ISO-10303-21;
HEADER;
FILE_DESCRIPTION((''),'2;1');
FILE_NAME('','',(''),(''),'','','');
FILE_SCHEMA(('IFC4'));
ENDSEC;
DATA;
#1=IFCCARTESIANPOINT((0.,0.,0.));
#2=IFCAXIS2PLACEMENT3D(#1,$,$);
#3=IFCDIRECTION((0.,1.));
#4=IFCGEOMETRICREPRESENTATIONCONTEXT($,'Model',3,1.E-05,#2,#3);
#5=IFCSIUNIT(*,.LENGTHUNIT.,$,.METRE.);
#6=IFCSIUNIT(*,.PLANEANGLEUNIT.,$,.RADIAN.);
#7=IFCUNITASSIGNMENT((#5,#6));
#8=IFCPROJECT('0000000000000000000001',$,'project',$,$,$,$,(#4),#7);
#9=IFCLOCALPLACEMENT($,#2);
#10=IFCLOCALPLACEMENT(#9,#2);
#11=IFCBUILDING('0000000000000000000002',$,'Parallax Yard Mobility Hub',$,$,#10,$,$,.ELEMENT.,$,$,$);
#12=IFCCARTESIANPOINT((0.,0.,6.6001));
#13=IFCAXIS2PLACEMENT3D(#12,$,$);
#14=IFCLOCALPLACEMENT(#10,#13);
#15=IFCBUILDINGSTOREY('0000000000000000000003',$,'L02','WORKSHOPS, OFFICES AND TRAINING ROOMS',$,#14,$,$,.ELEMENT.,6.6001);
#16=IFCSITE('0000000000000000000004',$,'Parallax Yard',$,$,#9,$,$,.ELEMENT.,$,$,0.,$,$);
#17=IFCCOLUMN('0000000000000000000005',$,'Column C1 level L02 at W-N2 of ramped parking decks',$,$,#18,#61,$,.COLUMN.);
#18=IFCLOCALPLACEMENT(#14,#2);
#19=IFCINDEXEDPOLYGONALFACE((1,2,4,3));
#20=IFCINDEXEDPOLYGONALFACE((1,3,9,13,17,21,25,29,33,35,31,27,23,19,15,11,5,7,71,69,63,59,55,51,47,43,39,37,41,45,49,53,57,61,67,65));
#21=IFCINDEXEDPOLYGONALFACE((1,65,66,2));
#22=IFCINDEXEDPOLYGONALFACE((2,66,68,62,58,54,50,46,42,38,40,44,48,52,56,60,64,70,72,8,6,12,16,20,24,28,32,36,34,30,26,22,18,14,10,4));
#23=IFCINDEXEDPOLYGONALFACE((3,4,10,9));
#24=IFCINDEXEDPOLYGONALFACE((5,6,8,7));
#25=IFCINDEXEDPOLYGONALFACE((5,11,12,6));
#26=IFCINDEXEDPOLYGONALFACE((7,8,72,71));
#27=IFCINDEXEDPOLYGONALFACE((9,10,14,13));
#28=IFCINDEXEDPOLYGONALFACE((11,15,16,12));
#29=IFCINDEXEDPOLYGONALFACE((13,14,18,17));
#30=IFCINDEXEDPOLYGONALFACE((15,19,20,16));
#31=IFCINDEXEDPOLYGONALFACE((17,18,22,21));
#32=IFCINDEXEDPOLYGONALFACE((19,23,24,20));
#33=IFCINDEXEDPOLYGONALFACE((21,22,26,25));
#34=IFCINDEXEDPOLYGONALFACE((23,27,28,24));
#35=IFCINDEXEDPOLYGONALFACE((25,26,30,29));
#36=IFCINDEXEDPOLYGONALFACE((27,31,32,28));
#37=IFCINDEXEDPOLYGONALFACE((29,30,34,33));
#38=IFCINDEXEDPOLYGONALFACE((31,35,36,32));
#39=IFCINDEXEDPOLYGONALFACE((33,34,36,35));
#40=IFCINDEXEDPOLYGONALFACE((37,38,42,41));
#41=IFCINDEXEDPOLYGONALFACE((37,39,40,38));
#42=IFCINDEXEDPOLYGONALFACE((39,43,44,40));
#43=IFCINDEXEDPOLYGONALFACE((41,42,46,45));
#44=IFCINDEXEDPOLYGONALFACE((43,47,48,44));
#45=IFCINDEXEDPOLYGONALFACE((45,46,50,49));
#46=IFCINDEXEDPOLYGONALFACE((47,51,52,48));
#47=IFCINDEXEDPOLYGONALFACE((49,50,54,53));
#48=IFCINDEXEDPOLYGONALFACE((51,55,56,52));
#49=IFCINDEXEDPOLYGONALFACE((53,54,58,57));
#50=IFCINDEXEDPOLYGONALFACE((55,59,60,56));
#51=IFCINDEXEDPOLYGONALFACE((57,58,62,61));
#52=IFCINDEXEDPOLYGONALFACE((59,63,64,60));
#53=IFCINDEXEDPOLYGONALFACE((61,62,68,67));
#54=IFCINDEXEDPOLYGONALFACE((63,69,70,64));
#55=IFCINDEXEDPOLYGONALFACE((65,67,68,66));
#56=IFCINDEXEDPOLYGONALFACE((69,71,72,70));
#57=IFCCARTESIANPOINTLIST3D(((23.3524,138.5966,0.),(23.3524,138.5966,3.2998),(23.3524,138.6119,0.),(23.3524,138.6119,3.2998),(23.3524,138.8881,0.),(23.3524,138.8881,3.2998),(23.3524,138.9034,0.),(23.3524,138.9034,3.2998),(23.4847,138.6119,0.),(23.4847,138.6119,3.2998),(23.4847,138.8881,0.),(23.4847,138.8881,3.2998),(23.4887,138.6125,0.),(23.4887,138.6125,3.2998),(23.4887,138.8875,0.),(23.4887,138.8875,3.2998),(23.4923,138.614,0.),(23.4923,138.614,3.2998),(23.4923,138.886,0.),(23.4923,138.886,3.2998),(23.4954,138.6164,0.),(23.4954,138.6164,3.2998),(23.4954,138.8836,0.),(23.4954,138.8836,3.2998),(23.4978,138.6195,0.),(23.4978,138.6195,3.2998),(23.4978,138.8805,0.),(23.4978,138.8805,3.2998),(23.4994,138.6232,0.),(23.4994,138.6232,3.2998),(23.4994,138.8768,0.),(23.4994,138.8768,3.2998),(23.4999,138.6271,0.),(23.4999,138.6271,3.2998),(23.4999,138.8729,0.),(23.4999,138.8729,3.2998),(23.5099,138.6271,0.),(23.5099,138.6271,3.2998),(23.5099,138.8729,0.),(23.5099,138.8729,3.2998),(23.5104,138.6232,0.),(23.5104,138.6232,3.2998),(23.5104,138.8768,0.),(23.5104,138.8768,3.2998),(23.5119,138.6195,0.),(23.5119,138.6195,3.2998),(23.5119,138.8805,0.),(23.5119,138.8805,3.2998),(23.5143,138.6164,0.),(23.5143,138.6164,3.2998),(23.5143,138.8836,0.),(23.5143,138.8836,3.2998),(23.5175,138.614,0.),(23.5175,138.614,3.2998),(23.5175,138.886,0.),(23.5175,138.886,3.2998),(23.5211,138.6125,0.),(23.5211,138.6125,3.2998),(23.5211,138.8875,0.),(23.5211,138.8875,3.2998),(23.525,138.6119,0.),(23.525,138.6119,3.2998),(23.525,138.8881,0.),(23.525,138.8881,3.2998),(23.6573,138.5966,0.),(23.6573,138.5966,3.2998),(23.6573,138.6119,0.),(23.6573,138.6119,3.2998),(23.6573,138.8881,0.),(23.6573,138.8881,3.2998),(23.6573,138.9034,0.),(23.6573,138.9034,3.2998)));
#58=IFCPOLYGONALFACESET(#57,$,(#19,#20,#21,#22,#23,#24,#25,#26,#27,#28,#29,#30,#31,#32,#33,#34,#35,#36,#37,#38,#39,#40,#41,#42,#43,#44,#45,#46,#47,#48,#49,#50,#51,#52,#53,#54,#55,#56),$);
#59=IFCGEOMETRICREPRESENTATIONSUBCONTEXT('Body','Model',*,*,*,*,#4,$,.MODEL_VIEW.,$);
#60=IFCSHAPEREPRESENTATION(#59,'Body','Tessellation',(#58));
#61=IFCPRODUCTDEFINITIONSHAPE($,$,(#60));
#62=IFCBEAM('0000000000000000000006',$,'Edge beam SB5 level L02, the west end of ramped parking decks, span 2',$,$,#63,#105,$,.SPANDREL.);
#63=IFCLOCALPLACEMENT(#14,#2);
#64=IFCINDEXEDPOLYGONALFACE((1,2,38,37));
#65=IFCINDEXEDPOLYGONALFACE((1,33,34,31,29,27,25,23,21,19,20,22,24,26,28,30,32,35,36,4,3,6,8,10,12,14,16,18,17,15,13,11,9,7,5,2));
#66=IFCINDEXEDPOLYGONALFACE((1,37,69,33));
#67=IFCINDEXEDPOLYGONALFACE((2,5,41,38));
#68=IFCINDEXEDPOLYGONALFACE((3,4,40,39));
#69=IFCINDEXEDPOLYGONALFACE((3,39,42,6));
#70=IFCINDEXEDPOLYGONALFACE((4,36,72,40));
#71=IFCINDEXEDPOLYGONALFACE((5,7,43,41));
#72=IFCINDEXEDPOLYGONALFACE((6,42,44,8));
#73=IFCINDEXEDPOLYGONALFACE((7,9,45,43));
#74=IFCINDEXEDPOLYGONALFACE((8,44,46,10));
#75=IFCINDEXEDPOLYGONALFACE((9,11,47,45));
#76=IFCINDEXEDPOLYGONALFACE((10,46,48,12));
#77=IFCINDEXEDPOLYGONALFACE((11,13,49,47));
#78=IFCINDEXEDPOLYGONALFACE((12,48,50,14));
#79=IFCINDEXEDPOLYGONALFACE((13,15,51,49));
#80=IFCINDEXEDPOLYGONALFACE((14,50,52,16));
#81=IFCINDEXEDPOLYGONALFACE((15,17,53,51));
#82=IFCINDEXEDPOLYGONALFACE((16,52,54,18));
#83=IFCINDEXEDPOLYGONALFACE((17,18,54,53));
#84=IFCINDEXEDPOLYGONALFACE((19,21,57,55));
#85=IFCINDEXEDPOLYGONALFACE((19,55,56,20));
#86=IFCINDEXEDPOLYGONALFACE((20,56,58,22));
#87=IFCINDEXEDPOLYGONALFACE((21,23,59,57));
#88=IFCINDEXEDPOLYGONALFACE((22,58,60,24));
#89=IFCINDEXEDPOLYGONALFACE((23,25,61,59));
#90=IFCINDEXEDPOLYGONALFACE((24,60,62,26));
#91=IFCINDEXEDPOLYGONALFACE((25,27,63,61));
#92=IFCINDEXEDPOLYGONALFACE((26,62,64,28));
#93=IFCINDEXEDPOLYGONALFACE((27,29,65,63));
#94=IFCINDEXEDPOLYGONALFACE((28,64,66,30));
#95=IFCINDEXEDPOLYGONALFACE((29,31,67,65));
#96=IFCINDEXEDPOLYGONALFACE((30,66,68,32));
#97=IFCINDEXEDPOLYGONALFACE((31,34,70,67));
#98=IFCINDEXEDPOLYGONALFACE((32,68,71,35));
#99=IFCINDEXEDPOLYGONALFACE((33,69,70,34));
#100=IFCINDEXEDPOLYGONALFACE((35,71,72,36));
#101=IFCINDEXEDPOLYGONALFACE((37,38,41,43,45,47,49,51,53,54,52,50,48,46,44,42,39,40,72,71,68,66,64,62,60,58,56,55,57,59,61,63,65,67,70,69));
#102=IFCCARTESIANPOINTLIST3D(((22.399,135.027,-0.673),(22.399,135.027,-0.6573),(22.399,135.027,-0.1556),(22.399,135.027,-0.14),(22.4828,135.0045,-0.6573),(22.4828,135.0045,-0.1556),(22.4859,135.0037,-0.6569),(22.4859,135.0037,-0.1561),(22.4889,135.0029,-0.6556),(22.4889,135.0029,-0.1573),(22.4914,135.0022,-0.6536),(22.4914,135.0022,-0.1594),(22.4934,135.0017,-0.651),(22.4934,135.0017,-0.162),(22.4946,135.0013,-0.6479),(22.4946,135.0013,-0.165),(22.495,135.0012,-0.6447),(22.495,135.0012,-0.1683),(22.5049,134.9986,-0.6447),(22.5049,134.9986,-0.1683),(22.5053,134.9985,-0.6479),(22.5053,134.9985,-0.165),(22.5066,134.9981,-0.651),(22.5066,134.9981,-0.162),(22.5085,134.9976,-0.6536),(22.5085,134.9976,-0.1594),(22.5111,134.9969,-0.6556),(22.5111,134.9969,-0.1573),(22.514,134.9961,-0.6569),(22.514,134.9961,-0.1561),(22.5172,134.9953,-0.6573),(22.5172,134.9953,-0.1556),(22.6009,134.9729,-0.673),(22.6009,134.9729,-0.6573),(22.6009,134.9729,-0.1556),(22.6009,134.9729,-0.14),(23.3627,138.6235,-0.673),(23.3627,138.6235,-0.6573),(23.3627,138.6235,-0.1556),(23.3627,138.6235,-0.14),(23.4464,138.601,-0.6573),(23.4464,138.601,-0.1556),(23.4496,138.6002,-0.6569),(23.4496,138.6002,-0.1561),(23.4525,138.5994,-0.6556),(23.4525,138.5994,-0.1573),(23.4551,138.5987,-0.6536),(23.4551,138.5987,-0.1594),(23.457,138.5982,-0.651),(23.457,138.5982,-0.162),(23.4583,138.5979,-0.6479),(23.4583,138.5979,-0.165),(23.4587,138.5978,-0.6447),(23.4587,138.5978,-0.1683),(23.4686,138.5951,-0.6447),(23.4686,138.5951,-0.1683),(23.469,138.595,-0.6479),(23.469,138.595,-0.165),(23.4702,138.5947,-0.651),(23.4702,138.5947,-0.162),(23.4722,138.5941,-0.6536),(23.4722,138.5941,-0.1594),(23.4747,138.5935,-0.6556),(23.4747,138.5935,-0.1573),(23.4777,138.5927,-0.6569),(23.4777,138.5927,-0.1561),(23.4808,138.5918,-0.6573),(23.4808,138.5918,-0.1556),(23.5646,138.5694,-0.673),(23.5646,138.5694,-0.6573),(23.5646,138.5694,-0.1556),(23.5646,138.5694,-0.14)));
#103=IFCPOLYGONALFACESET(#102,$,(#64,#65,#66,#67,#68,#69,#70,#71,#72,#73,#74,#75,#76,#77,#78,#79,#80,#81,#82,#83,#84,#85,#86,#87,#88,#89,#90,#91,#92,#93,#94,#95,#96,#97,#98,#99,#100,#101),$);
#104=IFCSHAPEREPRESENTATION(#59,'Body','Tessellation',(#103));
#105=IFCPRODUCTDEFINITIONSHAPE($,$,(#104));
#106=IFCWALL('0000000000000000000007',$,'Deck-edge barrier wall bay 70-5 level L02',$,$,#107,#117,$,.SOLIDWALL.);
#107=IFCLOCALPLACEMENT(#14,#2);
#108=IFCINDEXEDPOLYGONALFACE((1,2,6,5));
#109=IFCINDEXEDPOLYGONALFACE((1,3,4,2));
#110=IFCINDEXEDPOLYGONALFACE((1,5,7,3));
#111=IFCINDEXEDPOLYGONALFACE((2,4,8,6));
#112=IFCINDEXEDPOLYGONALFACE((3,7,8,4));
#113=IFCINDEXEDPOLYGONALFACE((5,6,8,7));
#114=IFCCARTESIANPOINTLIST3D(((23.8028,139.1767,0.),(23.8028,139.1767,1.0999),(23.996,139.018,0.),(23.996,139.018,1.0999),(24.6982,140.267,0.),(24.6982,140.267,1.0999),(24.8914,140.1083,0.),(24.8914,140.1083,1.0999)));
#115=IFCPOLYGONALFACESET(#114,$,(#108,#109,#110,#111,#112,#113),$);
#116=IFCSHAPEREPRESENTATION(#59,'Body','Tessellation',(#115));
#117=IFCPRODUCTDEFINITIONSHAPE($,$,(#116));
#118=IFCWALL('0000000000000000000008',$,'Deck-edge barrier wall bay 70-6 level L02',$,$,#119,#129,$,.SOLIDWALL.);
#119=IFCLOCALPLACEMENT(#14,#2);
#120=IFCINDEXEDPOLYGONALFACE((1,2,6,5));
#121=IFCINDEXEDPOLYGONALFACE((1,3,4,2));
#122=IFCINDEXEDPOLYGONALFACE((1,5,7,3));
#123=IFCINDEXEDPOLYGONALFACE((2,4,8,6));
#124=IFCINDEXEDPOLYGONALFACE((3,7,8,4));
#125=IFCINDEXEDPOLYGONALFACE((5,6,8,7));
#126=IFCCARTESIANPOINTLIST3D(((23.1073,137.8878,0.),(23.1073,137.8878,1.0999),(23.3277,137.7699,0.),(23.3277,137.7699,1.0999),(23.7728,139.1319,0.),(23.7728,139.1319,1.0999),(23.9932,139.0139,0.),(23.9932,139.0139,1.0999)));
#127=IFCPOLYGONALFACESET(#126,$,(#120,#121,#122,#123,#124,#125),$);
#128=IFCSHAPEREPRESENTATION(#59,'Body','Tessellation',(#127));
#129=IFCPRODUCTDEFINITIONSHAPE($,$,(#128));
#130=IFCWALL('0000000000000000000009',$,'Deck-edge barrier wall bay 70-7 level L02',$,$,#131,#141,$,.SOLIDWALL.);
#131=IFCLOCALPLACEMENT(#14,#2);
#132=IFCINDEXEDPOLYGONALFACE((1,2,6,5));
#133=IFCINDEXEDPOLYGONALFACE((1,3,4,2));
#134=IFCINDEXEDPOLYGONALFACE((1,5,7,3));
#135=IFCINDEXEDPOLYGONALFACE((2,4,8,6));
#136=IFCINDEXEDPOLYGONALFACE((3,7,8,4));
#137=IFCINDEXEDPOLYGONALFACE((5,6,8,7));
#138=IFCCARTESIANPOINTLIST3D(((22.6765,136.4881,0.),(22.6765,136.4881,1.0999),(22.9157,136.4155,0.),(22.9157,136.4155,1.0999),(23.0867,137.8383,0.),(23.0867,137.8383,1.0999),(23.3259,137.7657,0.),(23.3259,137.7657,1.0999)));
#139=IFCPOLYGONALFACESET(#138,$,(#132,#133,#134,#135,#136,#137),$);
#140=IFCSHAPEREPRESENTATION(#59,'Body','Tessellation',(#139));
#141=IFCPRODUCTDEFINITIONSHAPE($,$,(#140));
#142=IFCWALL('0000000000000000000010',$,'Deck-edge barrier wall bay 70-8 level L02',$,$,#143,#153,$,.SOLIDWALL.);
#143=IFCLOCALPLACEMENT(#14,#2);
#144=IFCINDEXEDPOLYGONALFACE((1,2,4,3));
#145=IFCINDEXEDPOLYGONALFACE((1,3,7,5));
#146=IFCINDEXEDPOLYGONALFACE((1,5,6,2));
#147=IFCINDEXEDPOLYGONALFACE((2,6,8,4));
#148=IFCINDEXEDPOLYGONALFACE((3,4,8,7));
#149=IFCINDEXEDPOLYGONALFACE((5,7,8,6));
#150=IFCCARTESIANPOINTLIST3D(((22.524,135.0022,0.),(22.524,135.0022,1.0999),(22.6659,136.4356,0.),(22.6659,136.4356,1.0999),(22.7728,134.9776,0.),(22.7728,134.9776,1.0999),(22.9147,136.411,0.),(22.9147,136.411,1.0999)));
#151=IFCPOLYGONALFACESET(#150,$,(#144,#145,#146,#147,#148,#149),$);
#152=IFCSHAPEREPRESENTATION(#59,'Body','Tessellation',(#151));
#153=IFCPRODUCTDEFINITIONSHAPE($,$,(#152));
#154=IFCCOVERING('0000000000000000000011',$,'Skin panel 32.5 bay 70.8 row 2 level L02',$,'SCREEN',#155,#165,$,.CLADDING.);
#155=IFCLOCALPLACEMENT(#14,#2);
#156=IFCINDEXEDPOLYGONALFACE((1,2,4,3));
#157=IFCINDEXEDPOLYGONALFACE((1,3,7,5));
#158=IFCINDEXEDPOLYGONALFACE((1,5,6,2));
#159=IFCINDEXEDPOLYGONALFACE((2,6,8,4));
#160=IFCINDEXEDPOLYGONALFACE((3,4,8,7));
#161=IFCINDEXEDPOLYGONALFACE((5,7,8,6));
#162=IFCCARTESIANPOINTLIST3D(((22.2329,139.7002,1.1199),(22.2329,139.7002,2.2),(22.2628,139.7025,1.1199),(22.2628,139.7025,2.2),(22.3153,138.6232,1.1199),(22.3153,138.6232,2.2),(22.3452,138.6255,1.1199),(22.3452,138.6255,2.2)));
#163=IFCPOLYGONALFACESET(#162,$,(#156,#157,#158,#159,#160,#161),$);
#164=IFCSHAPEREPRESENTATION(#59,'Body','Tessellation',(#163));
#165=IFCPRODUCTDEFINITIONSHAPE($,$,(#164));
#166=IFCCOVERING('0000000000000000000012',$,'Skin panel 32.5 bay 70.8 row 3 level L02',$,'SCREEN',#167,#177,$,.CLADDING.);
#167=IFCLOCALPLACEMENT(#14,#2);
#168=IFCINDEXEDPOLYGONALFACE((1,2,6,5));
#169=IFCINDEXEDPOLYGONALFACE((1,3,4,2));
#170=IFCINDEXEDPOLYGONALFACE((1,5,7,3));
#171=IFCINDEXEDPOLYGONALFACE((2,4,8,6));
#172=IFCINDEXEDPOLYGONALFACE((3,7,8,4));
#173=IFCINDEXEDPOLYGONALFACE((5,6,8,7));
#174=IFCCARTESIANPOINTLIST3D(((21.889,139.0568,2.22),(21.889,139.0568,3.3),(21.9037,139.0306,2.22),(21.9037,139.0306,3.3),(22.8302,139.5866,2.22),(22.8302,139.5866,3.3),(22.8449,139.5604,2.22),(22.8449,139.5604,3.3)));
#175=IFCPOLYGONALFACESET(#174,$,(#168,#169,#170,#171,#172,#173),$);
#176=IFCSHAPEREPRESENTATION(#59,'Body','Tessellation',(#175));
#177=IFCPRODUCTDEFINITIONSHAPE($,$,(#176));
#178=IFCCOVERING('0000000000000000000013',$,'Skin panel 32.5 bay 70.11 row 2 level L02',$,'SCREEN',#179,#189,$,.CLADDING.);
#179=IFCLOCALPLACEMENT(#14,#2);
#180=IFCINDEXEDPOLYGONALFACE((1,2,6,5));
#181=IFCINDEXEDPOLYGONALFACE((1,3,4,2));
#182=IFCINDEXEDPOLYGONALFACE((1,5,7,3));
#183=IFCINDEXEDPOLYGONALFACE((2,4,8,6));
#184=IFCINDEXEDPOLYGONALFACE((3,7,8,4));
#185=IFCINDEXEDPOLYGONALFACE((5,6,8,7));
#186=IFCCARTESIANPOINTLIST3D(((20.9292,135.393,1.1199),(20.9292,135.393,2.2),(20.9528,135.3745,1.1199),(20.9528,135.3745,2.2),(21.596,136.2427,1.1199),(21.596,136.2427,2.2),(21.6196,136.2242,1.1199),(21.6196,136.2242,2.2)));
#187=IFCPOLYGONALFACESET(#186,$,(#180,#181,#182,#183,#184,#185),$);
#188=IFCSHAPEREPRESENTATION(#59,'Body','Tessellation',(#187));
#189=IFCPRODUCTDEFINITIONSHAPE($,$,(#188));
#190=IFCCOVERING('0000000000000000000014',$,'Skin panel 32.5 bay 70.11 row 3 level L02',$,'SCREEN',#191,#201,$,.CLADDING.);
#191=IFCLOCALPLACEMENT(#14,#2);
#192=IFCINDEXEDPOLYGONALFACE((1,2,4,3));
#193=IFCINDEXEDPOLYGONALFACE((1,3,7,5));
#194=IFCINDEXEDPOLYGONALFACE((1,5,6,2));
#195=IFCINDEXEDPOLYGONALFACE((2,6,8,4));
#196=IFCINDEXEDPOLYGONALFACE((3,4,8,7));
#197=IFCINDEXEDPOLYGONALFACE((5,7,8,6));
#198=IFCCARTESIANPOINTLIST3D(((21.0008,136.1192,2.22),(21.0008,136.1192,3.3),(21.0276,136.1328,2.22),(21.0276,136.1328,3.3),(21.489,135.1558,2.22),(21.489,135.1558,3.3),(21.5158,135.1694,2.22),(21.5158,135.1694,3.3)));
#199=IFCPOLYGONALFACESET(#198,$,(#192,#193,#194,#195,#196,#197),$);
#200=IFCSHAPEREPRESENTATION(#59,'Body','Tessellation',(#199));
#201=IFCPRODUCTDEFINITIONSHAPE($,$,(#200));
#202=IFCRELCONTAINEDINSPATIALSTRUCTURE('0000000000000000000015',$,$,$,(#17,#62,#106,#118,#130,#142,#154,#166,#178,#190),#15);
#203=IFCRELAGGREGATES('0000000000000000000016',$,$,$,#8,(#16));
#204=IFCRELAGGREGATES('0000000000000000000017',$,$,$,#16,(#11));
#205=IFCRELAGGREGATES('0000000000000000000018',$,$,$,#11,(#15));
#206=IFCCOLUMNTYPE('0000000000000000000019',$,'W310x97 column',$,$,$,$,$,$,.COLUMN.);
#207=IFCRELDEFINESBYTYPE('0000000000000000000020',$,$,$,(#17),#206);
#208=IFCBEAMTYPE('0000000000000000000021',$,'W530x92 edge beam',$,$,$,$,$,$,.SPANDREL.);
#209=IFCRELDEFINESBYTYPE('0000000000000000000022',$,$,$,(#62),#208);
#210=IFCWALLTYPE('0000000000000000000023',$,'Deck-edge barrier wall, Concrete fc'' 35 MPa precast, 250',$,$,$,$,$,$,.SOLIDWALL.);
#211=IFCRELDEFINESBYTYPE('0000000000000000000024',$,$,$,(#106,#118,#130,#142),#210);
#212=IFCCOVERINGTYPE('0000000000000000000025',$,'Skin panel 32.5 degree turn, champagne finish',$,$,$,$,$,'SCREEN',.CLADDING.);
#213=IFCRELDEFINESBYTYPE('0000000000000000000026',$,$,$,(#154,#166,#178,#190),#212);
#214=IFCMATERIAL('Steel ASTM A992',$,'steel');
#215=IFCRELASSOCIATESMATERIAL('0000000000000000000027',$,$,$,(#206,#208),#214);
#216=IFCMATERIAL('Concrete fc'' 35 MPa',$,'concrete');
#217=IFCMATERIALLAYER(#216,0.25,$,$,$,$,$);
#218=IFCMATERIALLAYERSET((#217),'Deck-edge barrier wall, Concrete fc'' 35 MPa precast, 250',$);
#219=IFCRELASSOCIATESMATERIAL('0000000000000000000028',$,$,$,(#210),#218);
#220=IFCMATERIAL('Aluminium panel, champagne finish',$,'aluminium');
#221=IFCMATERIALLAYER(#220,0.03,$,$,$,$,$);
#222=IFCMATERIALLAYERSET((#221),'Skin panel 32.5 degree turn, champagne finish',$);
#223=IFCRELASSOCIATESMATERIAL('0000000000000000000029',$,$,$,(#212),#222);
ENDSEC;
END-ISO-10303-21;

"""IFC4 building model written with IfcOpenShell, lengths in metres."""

from ifc_helpers import new_model, si_unit, direction, frame, frame_2d, origin, origin_2d, place, context, subcontext, project, spatial, rectangle, i_section, extrude, material, layer, layer_set, material_profile, profile_set, type_object, element, save


model = new_model("IFC4")

# Units and contexts
model_context = context("Model", 3, precision=1e-05, world=origin(), true_north=direction((0.0, 1.0)))
body_context = subcontext(model_context, "Body", "Model", "MODEL_VIEW")
ifc_project = project(units=[si_unit("LENGTHUNIT", "METRE"), si_unit("PLANEANGLEUNIT", "RADIAN")], contexts=[model_context])

# Site, building, storey
site_placement = place(None, origin())
site = spatial("IfcSite", under=ifc_project, at=site_placement, Name="Parallax Yard", CompositionType="ELEMENT", RefElevation=0.0)
building_placement = place(site_placement, origin())
building = spatial("IfcBuilding", under=site, at=building_placement, Name="Parallax Yard Mobility Hub", CompositionType="ELEMENT")
storey_placement = place(building_placement, frame((0.0, 0.0, 6.6001)))
storey = spatial("IfcBuildingStorey", under=building, at=storey_placement, Name="L02", Description="WORKSHOPS, OFFICES AND TRAINING ROOMS", CompositionType="ELEMENT", Elevation=6.6001)

# Column
ifc_material_1 = material(Name="Steel ASTM A992", Category="steel")
ifc_material_profile_1 = material_profile(ifc_material_1, i_section(OverallWidth=0.3049, OverallDepth=0.3069, WebThickness=0.01, FlangeThickness=0.0154, FilletRadius=0.0151, at=origin_2d()), Name="W310x97")
ifc_profile_set_1 = profile_set([ifc_material_profile_1], Name="Steel ASTM A992")
column_type = type_object("IfcColumnType", Name="W310x97 column", PredefinedType="COLUMN", material=ifc_profile_set_1)
column_placement = place(storey_placement, frame((23.5049, 138.75, 0.0), z_axis=(0.0, 0.0, 1.0), x_axis=(1.0, 0.0, 0.0)))
element("IfcColumn", 1, at=column_placement, inside=storey, type_object=column_type, Name="Column C1 level L02 at W-N2 of ramped parking decks", PredefinedType="COLUMN", context=body_context, shape_type="SweptSolid", body=[
    extrude(i_section(OverallWidth=0.3049, OverallDepth=0.3069, WebThickness=0.01, FlangeThickness=0.0154, FilletRadius=0.0151, at=origin_2d()), origin(), (0.0, 0.0, 1.0), 3.2998),
])

# Beam
ifc_material_profile_2 = material_profile(ifc_material_1, i_section(OverallWidth=0.209, OverallDepth=0.533, WebThickness=0.0103, FlangeThickness=0.0156, FilletRadius=0.0127, at=origin_2d()), Name="W530x92")
ifc_profile_set_2 = profile_set([ifc_material_profile_2], Name="Steel ASTM A992")
beam_type = type_object("IfcBeamType", Name="W530x92 edge beam", PredefinedType="SPANDREL", material=ifc_profile_set_2)
beam_placement = place(storey_placement, frame((23.4636, 138.5964, -0.4065), z_axis=(-0.258809, -0.965928, 0.0), x_axis=(0.965928, -0.258809, 0.0)))
element("IfcBeam", 2, at=beam_placement, inside=storey, type_object=beam_type, Name="Edge beam SB5 level L02, the west end of ramped parking decks, span 2", PredefinedType="SPANDREL", context=body_context, shape_type="SweptSolid", body=[
    extrude(i_section(OverallWidth=0.209, OverallDepth=0.533, WebThickness=0.0103, FlangeThickness=0.0156, FilletRadius=0.0127, at=origin_2d()), origin(), (0.0, 0.0, 1.0), 3.7234),
])

# Walls
ifc_material_2 = material(Name="Concrete fc' 35 MPa", Category="concrete")
ifc_layer_1 = layer(ifc_material_2, 0.25)
ifc_layer_set_1 = layer_set([ifc_layer_1], Name="Deck-edge barrier wall, Concrete fc' 35 MPa precast, 250")
wall_type = type_object("IfcWallType", Name="Deck-edge barrier wall, Concrete fc' 35 MPa precast, 250", PredefinedType="SOLIDWALL", material=ifc_layer_set_1)
for number, where, z_axis, x_axis, name in (
    (3, (24.7949, 140.1877, 0.0), (0.0, 0.0, 1.0), (-0.634688, -0.772769, 0.0), "Deck-edge barrier wall bay 70-5 level L02"),
    (4, (23.8831, 139.073, 0.0), (0.0, 0.0, 1.0), (-0.471684, -0.881768, 0.0), "Deck-edge barrier wall bay 70-6 level L02"),
):
    element("IfcWall", number, at=place(storey_placement, frame(where, z_axis=z_axis, x_axis=x_axis)), inside=storey, type_object=wall_type, Name=name, PredefinedType="SOLIDWALL", context=body_context, shape_type="SweptSolid", body=[
        extrude(rectangle(XDim=1.4109, YDim=0.25, at=frame_2d((0.7056, 0.0))), origin(), (0.0, 0.0, 1.0), 1.0999),
    ])
wall_1_placement = place(storey_placement, frame((23.2063, 137.802, 0.0), z_axis=(0.0, 0.0, 1.0), x_axis=(-0.29068, -0.95682, 0.0)))
element("IfcWall", 5, at=wall_1_placement, inside=storey, type_object=wall_type, Name="Deck-edge barrier wall bay 70-7 level L02", PredefinedType="SOLIDWALL", context=body_context, shape_type="SweptSolid", body=[
    extrude(rectangle(XDim=1.4111, YDim=0.25, at=frame_2d((0.7056, 0.0))), origin(), (0.0, 0.0, 1.0), 1.0999),
])
wall_2_placement = place(storey_placement, frame((22.7903, 136.4233, 0.0), z_axis=(0.0, 0.0, 1.0), x_axis=(-0.09848, -0.995139, 0.0)))
element("IfcWall", 6, at=wall_2_placement, inside=storey, type_object=wall_type, Name="Deck-edge barrier wall bay 70-8 level L02", PredefinedType="SOLIDWALL", context=body_context, shape_type="SweptSolid", body=[
    extrude(rectangle(XDim=1.4404, YDim=0.25, at=frame_2d((0.7202, 0.0))), origin(), (0.0, 0.0, 1.0), 1.0999),
])

# Coverings
ifc_material_3 = material(Name="Aluminium panel, champagne finish", Category="aluminium")
ifc_layer_2 = layer(ifc_material_3, 0.03)
ifc_layer_set_2 = layer_set([ifc_layer_2], Name="Skin panel 32.5 degree turn, champagne finish")
covering_type_1 = type_object("IfcCoveringType", Name="Skin panel 32.5 degree turn, champagne finish", ElementType="SCREEN", PredefinedType="CLADDING", material=ifc_layer_set_2)
for number, where, z_axis, x_axis, name in (
    (7, (22.2891, 139.1628, 1.1199), (0.0, 0.0, 1.0), (-0.076284, 0.997086, 0.0), "Skin panel 32.5 bay 70.8 row 2 level L02"),
    (8, (22.3669, 139.3086, 2.22), (0.0, 0.0, 1.0), (-0.871428, -0.490524, 0.0), "Skin panel 32.5 bay 70.8 row 3 level L02"),
    (9, (21.2744, 135.8086, 1.1199), (0.0, 0.0, 1.0), (-0.617379, -0.786666, 0.0), "Skin panel 32.5 bay 70.11 row 2 level L02"),
    (10, (21.2583, 135.6443, 2.22), (0.0, 0.0, 1.0), (-0.452046, 0.891995, 0.0), "Skin panel 32.5 bay 70.11 row 3 level L02"),
):
    element("IfcCovering", number, at=place(storey_placement, frame(where, z_axis=z_axis, x_axis=x_axis)), inside=storey, type_object=covering_type_1, Name=name, ObjectType="SCREEN", PredefinedType="CLADDING", context=body_context, shape_type="SweptSolid", body=[
        extrude(rectangle(XDim=1.0801, YDim=0.03, at=origin_2d()), origin(), (0.0, 0.0, 1.0), 1.0801),
    ])

save(model, "model.ifc")
